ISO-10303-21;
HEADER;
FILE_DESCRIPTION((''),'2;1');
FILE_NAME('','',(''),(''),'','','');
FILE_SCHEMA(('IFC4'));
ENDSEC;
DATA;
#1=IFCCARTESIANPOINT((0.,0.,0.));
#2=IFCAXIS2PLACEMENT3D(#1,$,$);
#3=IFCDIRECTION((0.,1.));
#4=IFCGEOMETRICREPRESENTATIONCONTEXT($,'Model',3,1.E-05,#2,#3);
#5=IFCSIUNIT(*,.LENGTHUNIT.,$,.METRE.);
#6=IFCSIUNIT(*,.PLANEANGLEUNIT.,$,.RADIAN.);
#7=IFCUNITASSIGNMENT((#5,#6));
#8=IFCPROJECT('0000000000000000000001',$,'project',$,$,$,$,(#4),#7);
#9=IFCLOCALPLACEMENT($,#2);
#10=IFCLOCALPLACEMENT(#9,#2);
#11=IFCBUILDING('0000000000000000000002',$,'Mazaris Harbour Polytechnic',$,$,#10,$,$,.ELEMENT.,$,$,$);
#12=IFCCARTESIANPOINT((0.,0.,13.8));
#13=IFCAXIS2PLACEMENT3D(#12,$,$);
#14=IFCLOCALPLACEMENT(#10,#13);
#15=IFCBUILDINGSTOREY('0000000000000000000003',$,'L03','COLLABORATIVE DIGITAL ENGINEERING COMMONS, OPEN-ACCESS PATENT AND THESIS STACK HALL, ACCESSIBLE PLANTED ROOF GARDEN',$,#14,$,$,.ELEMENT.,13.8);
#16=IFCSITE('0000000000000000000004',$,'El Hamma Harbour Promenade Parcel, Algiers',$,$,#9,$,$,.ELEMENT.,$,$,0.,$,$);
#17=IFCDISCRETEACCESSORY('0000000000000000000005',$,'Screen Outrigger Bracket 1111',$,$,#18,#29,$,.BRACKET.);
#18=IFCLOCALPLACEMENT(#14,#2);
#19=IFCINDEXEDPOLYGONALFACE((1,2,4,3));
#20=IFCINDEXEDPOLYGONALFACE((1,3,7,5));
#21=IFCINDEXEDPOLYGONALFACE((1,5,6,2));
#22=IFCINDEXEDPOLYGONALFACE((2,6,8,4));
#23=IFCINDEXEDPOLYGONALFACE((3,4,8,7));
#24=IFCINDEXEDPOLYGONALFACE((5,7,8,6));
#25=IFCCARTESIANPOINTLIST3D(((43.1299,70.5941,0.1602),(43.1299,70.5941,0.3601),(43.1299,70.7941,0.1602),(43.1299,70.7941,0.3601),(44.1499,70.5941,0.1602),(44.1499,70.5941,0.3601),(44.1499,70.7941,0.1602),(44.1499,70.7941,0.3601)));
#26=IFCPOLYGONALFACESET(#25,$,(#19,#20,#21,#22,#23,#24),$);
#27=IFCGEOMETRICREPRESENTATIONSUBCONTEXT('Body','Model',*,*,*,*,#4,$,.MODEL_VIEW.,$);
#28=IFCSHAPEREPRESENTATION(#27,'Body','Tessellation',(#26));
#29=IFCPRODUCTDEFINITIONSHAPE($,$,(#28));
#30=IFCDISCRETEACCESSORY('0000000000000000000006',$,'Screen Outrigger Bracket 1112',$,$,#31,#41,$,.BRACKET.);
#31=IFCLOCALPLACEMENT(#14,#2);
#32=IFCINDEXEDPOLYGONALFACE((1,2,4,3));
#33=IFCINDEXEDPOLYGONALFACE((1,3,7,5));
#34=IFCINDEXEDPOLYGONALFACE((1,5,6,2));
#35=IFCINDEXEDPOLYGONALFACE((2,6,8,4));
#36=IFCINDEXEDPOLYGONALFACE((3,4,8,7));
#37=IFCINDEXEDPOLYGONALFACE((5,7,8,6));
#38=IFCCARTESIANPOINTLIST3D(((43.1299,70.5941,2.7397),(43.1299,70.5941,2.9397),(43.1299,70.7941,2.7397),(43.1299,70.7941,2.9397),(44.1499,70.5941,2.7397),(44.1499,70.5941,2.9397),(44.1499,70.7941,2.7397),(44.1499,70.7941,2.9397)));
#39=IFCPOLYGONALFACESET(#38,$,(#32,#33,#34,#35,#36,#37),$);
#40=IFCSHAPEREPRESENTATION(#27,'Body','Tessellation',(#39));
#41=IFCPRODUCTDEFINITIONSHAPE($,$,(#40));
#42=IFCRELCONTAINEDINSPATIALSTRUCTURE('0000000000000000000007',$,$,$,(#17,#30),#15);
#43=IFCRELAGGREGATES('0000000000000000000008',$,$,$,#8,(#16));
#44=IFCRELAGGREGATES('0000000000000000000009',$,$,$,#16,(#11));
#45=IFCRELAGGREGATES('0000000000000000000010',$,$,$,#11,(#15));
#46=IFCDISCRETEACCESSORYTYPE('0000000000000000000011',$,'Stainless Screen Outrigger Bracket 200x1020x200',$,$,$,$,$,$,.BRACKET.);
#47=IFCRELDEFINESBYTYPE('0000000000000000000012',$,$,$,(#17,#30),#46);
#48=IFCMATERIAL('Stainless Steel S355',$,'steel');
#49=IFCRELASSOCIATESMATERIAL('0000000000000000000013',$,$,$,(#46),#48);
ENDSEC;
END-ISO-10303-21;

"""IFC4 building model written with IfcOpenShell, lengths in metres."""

from ifc_helpers import new_model, si_unit, direction, frame, origin, origin_2d, place, context, subcontext, project, spatial, rectangle, extrude, material, type_object, element, save


model = new_model("IFC4")

# Units and contexts
model_context = context("Model", 3, precision=1e-05, world=origin(), true_north=direction((0.0, 1.0)))
body_context = subcontext(model_context, "Body", "Model", "MODEL_VIEW")
ifc_project = project(units=[si_unit("LENGTHUNIT", "METRE"), si_unit("PLANEANGLEUNIT", "RADIAN")], contexts=[model_context])

# Site, building, storey
site_placement = place(None, origin())
site = spatial("IfcSite", under=ifc_project, at=site_placement, Name="El Hamma Harbour Promenade Parcel, Algiers", CompositionType="ELEMENT", RefElevation=0.0)
building_placement = place(site_placement, origin())
building = spatial("IfcBuilding", under=site, at=building_placement, Name="Mazaris Harbour Polytechnic", CompositionType="ELEMENT")
storey_placement = place(building_placement, frame((0.0, 0.0, 13.8)))
storey = spatial("IfcBuildingStorey", under=building, at=storey_placement, Name="L03", Description="COLLABORATIVE DIGITAL ENGINEERING COMMONS, OPEN-ACCESS PATENT AND THESIS STACK HALL, ACCESSIBLE PLANTED ROOF GARDEN", CompositionType="ELEMENT", Elevation=13.8)

# Discrete accessories
ifc_material_1 = material(Name="Stainless Steel S355", Category="steel")
discrete_accessory_type = type_object("IfcDiscreteAccessoryType", Name="Stainless Screen Outrigger Bracket 200x1020x200", PredefinedType="BRACKET", material=ifc_material_1)
for number, where, z_axis, x_axis, name in (
    (1, (43.6399, 70.6941, 0.1602), (0.0, 0.0, 1.0), (0.0, -1.0, 0.0), "Screen Outrigger Bracket 1111"),
    (2, (43.6399, 70.6941, 2.7397), (0.0, 0.0, 1.0), (0.0, -1.0, 0.0), "Screen Outrigger Bracket 1112"),
):
    element("IfcDiscreteAccessory", number, at=place(storey_placement, frame(where, z_axis=z_axis, x_axis=x_axis)), inside=storey, type_object=discrete_accessory_type, Name=name, PredefinedType="BRACKET", context=body_context, shape_type="SweptSolid", body=[
        extrude(rectangle(XDim=0.2, YDim=1.02, at=origin_2d()), origin(), (0.0, 0.0, 1.0), 0.2),
    ])

save(model, "model.ifc")
